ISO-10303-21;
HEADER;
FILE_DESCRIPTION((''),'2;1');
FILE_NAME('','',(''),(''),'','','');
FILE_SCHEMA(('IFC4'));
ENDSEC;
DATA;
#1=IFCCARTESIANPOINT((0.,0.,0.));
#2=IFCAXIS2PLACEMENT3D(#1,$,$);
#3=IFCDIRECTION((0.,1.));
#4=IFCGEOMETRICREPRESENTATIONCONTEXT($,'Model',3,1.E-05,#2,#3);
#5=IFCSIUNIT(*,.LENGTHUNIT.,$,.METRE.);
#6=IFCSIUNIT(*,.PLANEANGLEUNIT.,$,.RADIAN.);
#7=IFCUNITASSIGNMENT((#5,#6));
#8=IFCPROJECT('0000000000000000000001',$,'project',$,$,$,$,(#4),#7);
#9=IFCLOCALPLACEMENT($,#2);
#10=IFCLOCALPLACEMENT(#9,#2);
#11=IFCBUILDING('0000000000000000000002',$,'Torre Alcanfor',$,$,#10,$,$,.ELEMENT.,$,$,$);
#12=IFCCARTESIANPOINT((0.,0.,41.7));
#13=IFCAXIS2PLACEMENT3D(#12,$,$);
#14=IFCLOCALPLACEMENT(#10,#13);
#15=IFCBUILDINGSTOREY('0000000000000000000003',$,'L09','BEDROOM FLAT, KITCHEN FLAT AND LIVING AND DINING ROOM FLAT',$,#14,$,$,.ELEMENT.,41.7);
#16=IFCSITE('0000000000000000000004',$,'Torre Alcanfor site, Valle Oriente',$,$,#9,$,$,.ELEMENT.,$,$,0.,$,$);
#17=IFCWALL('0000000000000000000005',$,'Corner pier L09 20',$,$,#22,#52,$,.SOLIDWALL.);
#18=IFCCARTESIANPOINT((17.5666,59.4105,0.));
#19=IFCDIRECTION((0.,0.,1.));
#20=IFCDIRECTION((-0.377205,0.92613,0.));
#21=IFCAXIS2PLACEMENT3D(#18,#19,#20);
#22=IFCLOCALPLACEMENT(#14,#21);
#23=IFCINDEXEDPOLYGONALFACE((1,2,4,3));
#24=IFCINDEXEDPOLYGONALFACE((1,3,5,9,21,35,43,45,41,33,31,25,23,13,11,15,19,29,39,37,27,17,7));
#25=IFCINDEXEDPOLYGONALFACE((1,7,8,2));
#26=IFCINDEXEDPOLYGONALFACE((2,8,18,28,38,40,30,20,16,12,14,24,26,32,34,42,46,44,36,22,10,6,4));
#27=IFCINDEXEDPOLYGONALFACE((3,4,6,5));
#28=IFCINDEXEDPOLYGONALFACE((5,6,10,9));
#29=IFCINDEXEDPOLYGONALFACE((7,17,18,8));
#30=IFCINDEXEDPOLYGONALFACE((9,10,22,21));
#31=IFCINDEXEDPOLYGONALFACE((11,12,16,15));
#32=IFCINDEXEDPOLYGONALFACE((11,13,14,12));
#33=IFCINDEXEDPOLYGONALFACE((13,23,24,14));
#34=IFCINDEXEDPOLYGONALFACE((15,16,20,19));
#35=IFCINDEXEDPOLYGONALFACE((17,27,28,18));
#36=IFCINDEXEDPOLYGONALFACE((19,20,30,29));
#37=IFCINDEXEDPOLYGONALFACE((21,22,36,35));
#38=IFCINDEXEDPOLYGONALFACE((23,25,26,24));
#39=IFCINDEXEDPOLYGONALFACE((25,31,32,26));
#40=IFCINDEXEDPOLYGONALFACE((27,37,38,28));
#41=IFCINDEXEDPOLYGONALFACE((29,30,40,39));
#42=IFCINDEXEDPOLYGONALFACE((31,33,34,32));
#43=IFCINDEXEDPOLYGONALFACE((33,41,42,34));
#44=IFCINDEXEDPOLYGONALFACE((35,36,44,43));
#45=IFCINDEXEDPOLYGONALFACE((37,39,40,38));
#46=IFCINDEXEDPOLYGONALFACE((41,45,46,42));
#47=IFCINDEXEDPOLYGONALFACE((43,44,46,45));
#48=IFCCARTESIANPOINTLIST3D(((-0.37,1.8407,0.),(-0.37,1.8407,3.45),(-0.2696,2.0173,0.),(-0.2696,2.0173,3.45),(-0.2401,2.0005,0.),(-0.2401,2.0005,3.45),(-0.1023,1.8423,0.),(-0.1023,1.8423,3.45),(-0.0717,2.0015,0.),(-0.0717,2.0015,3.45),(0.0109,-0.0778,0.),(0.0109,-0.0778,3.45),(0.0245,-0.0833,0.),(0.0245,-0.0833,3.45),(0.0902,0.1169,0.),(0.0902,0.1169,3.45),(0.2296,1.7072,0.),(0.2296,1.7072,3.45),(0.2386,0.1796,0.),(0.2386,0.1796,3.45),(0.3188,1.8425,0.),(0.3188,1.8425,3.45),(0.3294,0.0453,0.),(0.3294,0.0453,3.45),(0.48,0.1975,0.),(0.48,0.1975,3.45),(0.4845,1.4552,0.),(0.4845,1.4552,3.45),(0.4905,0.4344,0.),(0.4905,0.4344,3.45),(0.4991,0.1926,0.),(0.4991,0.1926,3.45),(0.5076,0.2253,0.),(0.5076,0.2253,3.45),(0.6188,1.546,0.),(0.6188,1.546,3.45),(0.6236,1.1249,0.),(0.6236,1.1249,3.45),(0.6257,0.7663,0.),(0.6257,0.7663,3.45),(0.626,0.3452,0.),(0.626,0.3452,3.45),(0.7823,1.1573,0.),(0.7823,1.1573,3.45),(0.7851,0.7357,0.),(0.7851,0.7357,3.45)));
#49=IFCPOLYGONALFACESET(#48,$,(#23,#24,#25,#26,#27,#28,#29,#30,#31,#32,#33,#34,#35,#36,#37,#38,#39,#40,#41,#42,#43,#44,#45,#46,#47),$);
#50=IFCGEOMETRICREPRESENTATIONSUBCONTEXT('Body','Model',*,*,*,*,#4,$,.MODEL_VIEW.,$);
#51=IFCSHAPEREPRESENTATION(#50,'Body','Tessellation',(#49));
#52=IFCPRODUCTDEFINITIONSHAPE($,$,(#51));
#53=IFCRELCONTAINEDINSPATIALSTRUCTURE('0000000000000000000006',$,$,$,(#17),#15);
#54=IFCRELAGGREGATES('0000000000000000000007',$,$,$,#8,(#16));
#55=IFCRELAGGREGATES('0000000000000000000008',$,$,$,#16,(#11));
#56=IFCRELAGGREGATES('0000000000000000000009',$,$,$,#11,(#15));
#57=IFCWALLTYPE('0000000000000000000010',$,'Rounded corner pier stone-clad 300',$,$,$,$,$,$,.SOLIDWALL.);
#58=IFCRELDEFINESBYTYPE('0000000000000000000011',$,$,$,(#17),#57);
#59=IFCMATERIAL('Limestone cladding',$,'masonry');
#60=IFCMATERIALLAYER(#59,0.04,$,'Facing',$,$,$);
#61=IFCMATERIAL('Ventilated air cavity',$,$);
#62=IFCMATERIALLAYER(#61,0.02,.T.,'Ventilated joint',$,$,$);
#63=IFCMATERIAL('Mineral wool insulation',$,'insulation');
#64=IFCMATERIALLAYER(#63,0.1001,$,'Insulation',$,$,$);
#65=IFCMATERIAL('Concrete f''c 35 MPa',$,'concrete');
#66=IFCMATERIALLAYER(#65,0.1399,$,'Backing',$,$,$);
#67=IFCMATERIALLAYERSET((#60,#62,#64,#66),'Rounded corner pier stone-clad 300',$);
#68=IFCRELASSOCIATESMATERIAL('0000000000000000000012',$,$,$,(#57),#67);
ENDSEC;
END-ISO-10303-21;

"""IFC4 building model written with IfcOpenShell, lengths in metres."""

from ifc_helpers import new_model, si_unit, direction, frame, origin, place, context, subcontext, project, spatial, polyline, outline, extrude, material, layer, layer_set, type_object, element, save


model = new_model("IFC4")

# Units and contexts
model_context = context("Model", 3, precision=1e-05, world=origin(), true_north=direction((0.0, 1.0)))
body_context = subcontext(model_context, "Body", "Model", "MODEL_VIEW")
ifc_project = project(units=[si_unit("LENGTHUNIT", "METRE"), si_unit("PLANEANGLEUNIT", "RADIAN")], contexts=[model_context])

# Site, building, storey
site_placement = place(None, origin())
site = spatial("IfcSite", under=ifc_project, at=site_placement, Name="Torre Alcanfor site, Valle Oriente", CompositionType="ELEMENT", RefElevation=0.0)
building_placement = place(site_placement, origin())
building = spatial("IfcBuilding", under=site, at=building_placement, Name="Torre Alcanfor", CompositionType="ELEMENT")
storey_placement = place(building_placement, frame((0.0, 0.0, 41.7)))
storey = spatial("IfcBuildingStorey", under=building, at=storey_placement, Name="L09", Description="BEDROOM FLAT, KITCHEN FLAT AND LIVING AND DINING ROOM FLAT", CompositionType="ELEMENT", Elevation=41.7)

# Wall
ifc_material_1 = material(Name="Limestone cladding", Category="masonry")
ifc_layer_1 = layer(ifc_material_1, 0.04, Name="Facing")
ifc_material_2 = material(Name="Ventilated air cavity")
ifc_layer_2 = layer(ifc_material_2, 0.02, ventilated=True, Name="Ventilated joint")
ifc_material_3 = material(Name="Mineral wool insulation", Category="insulation")
ifc_layer_3 = layer(ifc_material_3, 0.1001, Name="Insulation")
ifc_material_4 = material(Name="Concrete f'c 35 MPa", Category="concrete")
ifc_layer_4 = layer(ifc_material_4, 0.1399, Name="Backing")
ifc_layer_set_1 = layer_set([ifc_layer_1, ifc_layer_2, ifc_layer_3, ifc_layer_4], Name="Rounded corner pier stone-clad 300")
wall_type_1 = type_object("IfcWallType", Name="Rounded corner pier stone-clad 300", PredefinedType="SOLIDWALL", material=ifc_layer_set_1)
wall_1_placement = place(storey_placement, frame((17.5666, 59.4105, 0.0), z_axis=(0.0, 0.0, 1.0), x_axis=(-0.377205, 0.92613, 0.0)))
element("IfcWall", 1, at=wall_1_placement, inside=storey, type_object=wall_type_1, Name="Corner pier L09 20", PredefinedType="SOLIDWALL", context=body_context, shape_type="SweptSolid", body=[
    extrude(outline(polyline([(-0.2696, 2.0173), (-0.37, 1.8407), (-0.1023, 1.8423), (0.2296, 1.7072), (0.4845, 1.4552), (0.6236, 1.1249), (0.6257, 0.7663), (0.4905, 0.4344), (0.2386, 0.1796), (0.0902, 0.1169), (0.0109, -0.0778), (0.0245, -0.0833), (0.3294, 0.0453), (0.48, 0.1975), (0.4991, 0.1926), (0.5076, 0.2253), (0.626, 0.3452), (0.7851, 0.7357), (0.7823, 1.1573), (0.6188, 1.546), (0.3188, 1.8425), (-0.0717, 2.0015), (-0.2401, 2.0005), (-0.2696, 2.0173)])), origin(), (0.0, 0.0, 1.0), 3.45),
])

save(model, "model.ifc")
